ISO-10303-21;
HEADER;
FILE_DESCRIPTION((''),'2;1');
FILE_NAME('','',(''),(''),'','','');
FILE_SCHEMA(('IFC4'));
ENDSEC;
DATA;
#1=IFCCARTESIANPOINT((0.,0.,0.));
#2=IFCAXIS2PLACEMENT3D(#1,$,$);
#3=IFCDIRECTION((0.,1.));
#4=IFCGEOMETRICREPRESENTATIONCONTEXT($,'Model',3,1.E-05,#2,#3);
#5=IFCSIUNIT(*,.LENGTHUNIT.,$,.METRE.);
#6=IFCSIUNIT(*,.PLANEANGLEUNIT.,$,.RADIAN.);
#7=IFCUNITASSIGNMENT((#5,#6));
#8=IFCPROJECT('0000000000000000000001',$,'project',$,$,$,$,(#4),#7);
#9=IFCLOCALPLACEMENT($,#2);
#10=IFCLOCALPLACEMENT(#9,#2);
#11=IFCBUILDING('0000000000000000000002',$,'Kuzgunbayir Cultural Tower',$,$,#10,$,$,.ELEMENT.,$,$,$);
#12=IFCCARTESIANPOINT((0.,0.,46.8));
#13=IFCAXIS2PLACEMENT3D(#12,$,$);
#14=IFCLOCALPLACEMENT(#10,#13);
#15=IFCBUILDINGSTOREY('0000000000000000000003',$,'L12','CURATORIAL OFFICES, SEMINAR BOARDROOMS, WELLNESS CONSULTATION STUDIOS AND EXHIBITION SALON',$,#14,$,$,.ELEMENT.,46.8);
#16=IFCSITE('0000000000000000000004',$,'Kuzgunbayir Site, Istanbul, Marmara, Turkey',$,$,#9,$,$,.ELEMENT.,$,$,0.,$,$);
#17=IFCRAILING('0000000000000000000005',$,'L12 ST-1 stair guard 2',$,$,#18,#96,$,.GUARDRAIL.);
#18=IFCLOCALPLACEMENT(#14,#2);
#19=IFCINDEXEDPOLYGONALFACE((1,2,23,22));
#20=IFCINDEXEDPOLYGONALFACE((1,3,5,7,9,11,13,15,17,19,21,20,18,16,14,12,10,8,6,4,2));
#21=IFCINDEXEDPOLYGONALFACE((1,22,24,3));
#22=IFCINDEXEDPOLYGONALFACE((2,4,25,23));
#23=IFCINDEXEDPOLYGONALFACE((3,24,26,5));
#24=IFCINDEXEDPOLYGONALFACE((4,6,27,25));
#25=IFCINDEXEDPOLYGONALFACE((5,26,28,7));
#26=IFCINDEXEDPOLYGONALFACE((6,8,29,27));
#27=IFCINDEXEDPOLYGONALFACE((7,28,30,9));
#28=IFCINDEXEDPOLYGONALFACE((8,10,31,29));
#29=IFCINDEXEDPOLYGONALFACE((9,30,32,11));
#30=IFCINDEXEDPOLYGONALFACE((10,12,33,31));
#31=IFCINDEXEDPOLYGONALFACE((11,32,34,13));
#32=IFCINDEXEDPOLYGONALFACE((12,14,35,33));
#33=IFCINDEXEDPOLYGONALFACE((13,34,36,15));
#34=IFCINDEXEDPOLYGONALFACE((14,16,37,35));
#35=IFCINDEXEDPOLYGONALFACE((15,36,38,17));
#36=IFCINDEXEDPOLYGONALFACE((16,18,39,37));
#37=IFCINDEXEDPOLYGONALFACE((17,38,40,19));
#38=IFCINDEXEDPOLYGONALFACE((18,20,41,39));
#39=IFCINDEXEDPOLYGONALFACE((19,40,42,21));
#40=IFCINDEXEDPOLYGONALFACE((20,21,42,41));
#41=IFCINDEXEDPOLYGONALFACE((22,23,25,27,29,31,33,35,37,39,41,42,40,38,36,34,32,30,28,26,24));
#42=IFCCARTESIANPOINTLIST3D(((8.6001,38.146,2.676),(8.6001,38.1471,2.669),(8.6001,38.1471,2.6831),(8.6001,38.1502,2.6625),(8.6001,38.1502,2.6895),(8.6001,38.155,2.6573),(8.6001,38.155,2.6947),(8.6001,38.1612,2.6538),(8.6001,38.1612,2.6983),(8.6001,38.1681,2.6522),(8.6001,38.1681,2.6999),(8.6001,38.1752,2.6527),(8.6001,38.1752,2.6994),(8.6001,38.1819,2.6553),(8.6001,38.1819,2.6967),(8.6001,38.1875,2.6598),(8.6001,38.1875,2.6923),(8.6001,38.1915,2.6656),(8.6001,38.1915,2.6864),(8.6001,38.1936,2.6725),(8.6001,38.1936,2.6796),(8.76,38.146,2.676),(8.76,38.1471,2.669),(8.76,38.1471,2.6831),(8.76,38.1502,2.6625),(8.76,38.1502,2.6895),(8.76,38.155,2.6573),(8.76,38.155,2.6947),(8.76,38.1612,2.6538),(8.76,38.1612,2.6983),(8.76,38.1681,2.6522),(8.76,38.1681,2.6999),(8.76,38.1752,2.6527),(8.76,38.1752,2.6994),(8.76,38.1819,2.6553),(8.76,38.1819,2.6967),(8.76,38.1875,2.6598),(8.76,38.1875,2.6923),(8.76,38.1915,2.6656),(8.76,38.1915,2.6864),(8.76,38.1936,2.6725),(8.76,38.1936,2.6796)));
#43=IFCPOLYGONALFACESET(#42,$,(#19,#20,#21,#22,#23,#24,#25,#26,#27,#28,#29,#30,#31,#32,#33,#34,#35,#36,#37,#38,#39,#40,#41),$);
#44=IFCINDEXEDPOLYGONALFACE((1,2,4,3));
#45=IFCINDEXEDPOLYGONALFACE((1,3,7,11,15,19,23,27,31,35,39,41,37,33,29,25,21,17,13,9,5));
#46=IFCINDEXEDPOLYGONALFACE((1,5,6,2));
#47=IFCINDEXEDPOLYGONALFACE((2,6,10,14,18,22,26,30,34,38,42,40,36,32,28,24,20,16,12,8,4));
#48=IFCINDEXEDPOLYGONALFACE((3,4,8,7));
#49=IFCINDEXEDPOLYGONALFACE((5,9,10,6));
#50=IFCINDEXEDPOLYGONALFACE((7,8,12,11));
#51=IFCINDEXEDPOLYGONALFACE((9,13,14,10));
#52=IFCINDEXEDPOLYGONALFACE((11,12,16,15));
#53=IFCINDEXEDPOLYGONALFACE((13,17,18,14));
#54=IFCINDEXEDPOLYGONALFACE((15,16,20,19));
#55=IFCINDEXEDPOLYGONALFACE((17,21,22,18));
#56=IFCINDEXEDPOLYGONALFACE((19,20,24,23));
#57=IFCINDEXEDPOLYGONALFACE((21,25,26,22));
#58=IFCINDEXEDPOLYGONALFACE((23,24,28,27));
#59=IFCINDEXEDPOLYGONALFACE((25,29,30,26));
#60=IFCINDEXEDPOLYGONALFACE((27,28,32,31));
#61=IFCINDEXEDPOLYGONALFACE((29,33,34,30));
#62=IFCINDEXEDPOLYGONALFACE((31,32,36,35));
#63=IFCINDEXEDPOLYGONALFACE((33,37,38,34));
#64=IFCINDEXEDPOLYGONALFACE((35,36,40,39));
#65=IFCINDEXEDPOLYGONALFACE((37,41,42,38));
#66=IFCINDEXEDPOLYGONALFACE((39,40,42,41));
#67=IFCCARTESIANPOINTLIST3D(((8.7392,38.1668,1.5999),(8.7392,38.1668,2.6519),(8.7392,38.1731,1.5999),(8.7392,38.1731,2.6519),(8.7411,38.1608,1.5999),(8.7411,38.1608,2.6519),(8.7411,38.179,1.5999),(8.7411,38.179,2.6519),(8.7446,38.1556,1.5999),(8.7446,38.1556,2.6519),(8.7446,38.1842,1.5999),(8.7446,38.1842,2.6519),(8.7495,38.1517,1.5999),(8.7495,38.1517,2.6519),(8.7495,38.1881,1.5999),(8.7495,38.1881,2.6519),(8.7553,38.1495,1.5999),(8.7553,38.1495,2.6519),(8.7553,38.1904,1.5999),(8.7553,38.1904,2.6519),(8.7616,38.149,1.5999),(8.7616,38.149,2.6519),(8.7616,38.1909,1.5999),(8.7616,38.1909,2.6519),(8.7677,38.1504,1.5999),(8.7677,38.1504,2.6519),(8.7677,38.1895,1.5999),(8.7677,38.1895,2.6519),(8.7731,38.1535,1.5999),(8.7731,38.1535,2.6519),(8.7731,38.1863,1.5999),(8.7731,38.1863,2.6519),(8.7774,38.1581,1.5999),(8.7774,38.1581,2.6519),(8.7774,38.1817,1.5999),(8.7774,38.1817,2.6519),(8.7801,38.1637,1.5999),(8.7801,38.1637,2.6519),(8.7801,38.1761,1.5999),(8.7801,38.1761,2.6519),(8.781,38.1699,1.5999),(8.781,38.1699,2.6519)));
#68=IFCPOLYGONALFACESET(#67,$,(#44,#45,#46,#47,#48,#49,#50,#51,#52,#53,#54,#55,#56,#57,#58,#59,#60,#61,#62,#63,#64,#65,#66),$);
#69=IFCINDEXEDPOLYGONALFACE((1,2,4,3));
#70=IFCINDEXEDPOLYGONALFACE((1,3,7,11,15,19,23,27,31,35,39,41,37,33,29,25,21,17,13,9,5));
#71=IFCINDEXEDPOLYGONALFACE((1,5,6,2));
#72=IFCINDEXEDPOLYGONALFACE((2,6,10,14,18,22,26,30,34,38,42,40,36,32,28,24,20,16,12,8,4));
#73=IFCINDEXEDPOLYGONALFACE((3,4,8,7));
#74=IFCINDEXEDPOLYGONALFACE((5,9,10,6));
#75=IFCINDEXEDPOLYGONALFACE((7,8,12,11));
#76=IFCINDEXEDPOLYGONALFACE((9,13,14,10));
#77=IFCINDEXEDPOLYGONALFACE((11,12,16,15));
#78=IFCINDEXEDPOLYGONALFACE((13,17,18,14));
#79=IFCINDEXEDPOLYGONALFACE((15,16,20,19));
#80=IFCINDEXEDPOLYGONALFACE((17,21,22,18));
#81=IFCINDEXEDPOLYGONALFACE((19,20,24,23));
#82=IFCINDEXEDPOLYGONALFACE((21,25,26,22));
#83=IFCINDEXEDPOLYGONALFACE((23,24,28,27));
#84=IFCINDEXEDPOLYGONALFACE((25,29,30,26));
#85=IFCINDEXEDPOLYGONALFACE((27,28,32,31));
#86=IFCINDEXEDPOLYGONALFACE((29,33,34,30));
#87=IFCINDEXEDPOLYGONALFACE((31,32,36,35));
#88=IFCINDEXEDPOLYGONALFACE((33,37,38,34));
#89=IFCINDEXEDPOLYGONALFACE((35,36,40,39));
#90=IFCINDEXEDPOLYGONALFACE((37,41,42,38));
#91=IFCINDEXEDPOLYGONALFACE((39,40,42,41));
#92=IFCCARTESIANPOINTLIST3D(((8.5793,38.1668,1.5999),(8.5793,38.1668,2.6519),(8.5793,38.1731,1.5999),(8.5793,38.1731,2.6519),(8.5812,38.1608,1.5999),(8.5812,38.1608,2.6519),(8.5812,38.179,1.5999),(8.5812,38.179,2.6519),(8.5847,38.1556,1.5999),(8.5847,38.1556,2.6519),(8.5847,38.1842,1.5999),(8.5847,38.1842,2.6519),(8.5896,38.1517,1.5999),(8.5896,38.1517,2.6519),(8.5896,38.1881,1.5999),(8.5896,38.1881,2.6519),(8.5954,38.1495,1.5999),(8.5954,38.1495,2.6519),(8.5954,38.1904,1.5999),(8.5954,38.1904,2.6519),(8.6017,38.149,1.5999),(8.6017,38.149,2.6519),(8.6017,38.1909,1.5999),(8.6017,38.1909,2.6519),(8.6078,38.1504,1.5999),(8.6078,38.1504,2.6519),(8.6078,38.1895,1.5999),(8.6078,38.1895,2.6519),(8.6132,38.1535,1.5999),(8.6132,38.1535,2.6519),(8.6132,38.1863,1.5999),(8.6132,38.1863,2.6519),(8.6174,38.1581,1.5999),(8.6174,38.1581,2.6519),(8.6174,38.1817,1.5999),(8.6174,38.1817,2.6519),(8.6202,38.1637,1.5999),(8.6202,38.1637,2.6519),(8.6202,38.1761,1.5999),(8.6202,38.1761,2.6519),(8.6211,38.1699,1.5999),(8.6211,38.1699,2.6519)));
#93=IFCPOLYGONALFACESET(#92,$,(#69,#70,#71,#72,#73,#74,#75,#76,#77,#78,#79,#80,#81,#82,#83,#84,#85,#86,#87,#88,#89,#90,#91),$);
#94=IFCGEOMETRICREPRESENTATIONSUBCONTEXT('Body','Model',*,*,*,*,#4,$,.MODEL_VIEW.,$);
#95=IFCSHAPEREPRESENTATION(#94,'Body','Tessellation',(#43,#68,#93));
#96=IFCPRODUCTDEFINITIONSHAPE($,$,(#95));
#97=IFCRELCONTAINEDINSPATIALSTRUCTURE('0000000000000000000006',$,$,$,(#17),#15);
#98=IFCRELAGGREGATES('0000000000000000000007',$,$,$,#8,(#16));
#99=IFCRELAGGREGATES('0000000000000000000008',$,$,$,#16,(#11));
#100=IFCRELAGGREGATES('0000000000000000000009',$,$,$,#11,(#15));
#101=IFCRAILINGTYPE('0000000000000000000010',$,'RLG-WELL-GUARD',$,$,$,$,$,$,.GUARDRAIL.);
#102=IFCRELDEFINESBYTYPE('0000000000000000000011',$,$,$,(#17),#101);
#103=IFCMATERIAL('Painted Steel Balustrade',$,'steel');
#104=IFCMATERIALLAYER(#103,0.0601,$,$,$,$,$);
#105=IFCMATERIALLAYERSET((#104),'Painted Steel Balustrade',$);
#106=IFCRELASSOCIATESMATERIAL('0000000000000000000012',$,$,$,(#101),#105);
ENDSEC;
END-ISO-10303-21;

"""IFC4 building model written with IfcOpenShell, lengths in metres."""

from ifc_helpers import new_model, si_unit, direction, frame, origin, origin_2d, place, context, subcontext, project, spatial, circle, extrude, material, layer, layer_set, type_object, element, save


model = new_model("IFC4")

# Units and contexts
model_context = context("Model", 3, precision=1e-05, world=origin(), true_north=direction((0.0, 1.0)))
body_context = subcontext(model_context, "Body", "Model", "MODEL_VIEW")
ifc_project = project(units=[si_unit("LENGTHUNIT", "METRE"), si_unit("PLANEANGLEUNIT", "RADIAN")], contexts=[model_context])

# Site, building, storey
site_placement = place(None, origin())
site = spatial("IfcSite", under=ifc_project, at=site_placement, Name="Kuzgunbayir Site, Istanbul, Marmara, Turkey", CompositionType="ELEMENT", RefElevation=0.0)
building_placement = place(site_placement, origin())
building = spatial("IfcBuilding", under=site, at=building_placement, Name="Kuzgunbayir Cultural Tower", CompositionType="ELEMENT")
storey_placement = place(building_placement, frame((0.0, 0.0, 46.8)))
storey = spatial("IfcBuildingStorey", under=building, at=storey_placement, Name="L12", Description="CURATORIAL OFFICES, SEMINAR BOARDROOMS, WELLNESS CONSULTATION STUDIOS AND EXHIBITION SALON", CompositionType="ELEMENT", Elevation=46.8)

# Railing
ifc_material_1 = material(Name="Painted Steel Balustrade", Category="steel")
ifc_layer_1 = layer(ifc_material_1, 0.0601)
ifc_layer_set_1 = layer_set([ifc_layer_1], Name="Painted Steel Balustrade")
railing_type_1 = type_object("IfcRailingType", Name="RLG-WELL-GUARD", PredefinedType="GUARDRAIL", material=ifc_layer_set_1)
railing_1_placement = place(storey_placement, frame((8.76, 38.1699, 1.5999)))
element("IfcRailing", 1, at=railing_1_placement, inside=storey, type_object=railing_type_1, Name="L12 ST-1 stair guard 2", PredefinedType="GUARDRAIL", context=body_context, shape_type="SweptSolid", body=[
    extrude(circle(Radius=0.0239, at=origin_2d()), frame((0.0, 0.0, 1.0762), z_axis=(-1.0, 0.0, 0.0), x_axis=(0.0, -1.0, 0.0)), (0.0, 0.0, 1.0), 0.1599),
    extrude(circle(Radius=0.021, at=origin_2d()), origin(), (0.0, 0.0, 1.0), 1.052),
    extrude(circle(Radius=0.021, at=origin_2d()), frame((-0.1599, 0.0, 0.0)), (0.0, 0.0, 1.0), 1.052),
])

save(model, "model.ifc")
